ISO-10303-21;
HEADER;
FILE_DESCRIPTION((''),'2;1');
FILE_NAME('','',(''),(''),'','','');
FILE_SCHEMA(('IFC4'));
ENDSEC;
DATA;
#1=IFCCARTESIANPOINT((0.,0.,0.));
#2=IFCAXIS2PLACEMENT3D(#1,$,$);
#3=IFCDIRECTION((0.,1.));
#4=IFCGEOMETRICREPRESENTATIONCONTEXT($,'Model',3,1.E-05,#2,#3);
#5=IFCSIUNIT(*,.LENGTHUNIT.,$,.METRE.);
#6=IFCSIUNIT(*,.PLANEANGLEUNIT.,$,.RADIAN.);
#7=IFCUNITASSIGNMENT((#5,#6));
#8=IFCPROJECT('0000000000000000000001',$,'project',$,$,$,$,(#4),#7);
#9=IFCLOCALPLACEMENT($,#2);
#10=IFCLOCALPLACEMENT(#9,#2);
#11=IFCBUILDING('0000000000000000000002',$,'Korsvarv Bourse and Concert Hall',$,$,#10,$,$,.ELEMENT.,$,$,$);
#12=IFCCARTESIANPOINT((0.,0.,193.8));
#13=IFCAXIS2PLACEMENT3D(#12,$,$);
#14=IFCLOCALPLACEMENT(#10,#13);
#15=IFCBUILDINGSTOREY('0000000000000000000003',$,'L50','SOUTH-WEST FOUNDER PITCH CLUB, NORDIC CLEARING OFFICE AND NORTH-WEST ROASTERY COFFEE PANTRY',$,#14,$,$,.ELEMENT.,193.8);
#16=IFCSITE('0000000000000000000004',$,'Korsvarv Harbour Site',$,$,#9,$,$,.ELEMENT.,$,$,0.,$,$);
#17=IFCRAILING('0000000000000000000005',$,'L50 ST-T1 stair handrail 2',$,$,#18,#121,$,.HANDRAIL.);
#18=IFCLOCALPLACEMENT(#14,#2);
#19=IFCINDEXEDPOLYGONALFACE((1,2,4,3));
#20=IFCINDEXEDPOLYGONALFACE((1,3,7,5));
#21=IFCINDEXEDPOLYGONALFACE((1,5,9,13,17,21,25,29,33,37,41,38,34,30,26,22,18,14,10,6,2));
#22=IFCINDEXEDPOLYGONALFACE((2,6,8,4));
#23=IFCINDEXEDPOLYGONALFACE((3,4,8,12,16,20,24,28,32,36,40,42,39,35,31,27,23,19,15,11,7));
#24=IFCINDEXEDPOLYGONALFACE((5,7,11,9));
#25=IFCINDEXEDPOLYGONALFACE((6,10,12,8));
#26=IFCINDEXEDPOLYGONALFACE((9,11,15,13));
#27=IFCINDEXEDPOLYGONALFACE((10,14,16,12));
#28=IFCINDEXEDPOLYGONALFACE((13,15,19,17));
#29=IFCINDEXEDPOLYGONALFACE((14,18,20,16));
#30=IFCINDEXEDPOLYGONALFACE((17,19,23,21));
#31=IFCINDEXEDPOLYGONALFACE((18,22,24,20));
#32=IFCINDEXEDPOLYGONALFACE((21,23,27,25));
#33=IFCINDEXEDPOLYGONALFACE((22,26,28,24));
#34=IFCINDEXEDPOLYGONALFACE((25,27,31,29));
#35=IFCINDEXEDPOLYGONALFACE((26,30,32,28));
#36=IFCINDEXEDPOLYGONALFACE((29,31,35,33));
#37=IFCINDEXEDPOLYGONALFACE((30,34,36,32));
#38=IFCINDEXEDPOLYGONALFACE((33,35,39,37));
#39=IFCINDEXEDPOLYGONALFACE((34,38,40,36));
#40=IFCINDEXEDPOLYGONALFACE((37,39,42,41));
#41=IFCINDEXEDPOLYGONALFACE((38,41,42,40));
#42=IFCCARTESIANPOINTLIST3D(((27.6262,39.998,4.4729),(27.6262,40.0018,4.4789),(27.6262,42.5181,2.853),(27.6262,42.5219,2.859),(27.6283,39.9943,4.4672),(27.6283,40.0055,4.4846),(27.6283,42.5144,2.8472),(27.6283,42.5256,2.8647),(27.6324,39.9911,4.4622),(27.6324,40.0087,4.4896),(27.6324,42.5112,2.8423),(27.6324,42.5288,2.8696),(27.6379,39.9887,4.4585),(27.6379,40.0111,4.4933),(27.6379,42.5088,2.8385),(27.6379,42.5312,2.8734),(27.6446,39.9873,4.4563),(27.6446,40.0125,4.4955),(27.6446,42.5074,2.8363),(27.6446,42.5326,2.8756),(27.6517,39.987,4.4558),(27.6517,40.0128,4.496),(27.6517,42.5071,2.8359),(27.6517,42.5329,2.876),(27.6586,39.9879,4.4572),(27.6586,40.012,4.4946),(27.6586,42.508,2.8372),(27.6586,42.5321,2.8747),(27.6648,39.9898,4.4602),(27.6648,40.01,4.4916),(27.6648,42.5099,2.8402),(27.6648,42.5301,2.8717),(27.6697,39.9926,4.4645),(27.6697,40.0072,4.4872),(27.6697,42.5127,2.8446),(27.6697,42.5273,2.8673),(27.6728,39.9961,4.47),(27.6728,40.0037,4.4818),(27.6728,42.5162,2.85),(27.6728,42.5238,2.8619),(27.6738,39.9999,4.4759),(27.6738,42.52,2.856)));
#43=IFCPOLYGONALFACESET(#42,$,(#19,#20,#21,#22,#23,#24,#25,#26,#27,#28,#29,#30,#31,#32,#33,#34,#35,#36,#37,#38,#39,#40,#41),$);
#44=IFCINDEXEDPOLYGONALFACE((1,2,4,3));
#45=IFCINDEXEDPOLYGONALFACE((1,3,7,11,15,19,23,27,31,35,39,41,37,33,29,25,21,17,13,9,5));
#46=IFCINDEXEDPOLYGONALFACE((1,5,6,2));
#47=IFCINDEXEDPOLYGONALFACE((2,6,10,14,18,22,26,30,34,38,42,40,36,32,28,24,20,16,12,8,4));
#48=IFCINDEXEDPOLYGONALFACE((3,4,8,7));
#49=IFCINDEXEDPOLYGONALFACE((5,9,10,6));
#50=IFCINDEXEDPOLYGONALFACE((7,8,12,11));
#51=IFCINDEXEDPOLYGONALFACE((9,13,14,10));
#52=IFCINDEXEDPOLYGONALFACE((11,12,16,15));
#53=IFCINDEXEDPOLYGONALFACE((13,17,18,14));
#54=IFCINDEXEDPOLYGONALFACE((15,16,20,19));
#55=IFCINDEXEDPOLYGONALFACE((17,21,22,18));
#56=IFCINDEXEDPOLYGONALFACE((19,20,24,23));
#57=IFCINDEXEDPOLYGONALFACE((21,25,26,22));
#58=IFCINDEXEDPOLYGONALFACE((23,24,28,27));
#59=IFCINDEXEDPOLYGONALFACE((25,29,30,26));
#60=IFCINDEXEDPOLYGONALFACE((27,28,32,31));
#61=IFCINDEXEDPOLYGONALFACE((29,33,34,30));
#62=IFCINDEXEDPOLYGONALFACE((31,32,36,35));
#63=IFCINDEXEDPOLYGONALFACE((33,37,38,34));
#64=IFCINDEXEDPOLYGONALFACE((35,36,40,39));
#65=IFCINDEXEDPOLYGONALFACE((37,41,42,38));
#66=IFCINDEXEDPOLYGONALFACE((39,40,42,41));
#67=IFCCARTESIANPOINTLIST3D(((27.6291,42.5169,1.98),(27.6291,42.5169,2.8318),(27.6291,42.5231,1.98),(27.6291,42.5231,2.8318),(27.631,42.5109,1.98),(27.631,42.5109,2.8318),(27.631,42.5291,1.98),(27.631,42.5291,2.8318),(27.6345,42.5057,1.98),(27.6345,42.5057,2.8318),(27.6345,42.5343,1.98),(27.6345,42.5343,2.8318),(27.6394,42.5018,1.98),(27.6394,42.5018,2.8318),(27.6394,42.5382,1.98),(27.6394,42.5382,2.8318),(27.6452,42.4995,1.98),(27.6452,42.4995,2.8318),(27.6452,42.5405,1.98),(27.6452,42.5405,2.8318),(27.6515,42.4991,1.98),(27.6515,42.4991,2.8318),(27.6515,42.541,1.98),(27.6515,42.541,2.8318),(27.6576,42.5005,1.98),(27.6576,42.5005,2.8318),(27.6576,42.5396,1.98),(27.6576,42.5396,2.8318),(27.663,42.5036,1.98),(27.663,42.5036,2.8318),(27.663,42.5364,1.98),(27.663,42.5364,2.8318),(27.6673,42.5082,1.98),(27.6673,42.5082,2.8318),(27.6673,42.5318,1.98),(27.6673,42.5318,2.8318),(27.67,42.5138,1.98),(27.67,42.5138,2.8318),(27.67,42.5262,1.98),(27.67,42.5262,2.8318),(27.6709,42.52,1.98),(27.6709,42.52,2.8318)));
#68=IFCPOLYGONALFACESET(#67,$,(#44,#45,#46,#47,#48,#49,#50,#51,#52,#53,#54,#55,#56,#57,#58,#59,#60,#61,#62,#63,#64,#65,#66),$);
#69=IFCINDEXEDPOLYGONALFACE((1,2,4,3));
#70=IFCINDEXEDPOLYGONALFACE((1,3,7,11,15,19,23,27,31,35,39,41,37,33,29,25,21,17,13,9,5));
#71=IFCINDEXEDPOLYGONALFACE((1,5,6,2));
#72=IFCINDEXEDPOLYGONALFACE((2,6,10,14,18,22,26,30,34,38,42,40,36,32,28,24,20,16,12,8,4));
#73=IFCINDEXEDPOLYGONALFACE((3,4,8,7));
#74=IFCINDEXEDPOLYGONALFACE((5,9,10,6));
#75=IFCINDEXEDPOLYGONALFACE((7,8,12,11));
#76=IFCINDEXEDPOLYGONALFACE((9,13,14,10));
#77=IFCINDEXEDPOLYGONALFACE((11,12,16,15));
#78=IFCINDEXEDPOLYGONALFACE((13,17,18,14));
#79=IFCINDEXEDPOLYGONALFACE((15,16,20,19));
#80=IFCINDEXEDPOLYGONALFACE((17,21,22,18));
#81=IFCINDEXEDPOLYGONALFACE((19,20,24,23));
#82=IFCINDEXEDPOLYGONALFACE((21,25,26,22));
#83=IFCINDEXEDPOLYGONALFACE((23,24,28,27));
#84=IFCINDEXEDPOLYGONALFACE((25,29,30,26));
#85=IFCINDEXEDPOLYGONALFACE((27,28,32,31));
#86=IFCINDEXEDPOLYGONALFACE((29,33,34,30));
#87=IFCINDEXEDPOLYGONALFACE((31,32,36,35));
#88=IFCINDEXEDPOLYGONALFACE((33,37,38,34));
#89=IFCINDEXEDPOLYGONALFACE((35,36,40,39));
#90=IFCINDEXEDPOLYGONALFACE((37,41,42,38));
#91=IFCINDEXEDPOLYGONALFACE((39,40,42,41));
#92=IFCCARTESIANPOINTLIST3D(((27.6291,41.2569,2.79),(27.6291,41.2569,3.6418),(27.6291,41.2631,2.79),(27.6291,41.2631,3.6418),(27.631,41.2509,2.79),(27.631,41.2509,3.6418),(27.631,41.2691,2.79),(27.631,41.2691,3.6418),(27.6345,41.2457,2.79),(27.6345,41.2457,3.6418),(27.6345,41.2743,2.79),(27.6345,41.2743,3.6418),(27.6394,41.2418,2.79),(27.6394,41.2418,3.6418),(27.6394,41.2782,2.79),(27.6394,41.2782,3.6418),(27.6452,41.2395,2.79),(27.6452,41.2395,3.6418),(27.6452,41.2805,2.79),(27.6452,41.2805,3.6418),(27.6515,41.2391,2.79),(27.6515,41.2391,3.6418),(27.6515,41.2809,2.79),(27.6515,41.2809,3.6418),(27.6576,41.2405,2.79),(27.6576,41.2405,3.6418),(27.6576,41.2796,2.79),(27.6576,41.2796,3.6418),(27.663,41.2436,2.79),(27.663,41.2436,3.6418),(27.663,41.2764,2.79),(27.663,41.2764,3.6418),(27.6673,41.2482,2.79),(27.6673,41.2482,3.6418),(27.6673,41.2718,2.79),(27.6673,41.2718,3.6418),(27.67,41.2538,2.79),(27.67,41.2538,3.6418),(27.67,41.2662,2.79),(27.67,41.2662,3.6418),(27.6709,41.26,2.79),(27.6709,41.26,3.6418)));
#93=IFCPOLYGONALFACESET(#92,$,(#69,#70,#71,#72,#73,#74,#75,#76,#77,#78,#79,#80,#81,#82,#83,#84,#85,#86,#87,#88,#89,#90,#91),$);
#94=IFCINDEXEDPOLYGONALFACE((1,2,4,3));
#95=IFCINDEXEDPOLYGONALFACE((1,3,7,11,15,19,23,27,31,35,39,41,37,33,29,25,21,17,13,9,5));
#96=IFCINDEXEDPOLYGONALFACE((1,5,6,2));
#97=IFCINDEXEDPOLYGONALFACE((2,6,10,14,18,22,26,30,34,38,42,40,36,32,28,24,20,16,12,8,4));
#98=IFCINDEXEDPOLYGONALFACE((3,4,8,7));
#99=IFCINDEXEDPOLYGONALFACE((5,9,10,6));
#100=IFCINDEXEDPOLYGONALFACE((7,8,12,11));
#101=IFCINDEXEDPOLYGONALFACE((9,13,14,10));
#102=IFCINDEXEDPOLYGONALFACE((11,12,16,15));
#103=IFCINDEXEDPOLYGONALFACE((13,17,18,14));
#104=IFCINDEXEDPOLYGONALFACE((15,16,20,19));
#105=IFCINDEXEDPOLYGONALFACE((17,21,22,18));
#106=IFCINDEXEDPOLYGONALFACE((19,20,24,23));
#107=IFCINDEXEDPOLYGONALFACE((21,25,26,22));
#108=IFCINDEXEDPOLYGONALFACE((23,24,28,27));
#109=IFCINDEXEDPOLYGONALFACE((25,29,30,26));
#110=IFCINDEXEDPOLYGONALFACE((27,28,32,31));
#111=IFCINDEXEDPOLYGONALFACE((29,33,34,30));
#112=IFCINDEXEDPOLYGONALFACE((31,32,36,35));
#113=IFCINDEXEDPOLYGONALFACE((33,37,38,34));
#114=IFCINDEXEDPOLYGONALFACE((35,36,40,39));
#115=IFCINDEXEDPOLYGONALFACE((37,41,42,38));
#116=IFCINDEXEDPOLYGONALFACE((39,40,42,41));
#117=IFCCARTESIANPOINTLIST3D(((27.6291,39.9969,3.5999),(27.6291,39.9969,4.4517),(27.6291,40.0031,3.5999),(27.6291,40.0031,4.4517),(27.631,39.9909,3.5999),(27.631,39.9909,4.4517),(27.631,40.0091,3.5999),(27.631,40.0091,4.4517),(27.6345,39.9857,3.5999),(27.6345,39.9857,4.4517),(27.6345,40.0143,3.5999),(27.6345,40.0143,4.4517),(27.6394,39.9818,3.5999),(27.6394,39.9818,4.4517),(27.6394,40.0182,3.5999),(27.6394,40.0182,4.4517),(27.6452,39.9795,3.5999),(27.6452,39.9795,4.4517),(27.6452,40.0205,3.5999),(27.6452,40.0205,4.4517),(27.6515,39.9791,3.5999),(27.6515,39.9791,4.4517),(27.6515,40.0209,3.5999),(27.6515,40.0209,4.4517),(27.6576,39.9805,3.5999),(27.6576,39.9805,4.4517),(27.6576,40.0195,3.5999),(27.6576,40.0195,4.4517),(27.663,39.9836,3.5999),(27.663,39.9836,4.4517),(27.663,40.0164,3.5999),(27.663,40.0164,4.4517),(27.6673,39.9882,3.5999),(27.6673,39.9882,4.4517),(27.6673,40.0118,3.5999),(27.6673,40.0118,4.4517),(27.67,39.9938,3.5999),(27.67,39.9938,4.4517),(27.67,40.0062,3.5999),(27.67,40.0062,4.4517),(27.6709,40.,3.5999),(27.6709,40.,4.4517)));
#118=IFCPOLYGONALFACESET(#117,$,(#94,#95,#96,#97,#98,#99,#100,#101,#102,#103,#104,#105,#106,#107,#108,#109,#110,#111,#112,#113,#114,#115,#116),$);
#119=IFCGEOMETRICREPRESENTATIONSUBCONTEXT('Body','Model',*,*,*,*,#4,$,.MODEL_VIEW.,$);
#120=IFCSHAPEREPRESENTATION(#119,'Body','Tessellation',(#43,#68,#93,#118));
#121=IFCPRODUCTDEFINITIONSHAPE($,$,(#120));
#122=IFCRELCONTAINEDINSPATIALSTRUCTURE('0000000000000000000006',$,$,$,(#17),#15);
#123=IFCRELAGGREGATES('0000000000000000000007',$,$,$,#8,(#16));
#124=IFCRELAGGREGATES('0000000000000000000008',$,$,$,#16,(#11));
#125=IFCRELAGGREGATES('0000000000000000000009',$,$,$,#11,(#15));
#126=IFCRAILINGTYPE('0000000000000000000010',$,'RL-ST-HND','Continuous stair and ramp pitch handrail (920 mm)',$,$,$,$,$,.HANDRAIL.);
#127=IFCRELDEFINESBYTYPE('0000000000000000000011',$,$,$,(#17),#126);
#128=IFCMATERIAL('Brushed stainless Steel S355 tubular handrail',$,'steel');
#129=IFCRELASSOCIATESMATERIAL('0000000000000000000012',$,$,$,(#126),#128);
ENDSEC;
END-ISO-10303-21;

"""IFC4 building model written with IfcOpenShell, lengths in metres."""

from ifc_helpers import new_model, si_unit, direction, frame, origin, origin_2d, place, context, subcontext, project, spatial, circle, extrude, material, type_object, element, save


model = new_model("IFC4")

# Units and contexts
model_context = context("Model", 3, precision=1e-05, world=origin(), true_north=direction((0.0, 1.0)))
body_context = subcontext(model_context, "Body", "Model", "MODEL_VIEW")
ifc_project = project(units=[si_unit("LENGTHUNIT", "METRE"), si_unit("PLANEANGLEUNIT", "RADIAN")], contexts=[model_context])

# Site, building, storey
site_placement = place(None, origin())
site = spatial("IfcSite", under=ifc_project, at=site_placement, Name="Korsvarv Harbour Site", CompositionType="ELEMENT", RefElevation=0.0)
building_placement = place(site_placement, origin())
building = spatial("IfcBuilding", under=site, at=building_placement, Name="Korsvarv Bourse and Concert Hall", CompositionType="ELEMENT")
storey_placement = place(building_placement, frame((0.0, 0.0, 193.8)))
storey = spatial("IfcBuildingStorey", under=building, at=storey_placement, Name="L50", Description="SOUTH-WEST FOUNDER PITCH CLUB, NORDIC CLEARING OFFICE AND NORTH-WEST ROASTERY COFFEE PANTRY", CompositionType="ELEMENT", Elevation=193.8)

# Railing
ifc_material_1 = material(Name="Brushed stainless Steel S355 tubular handrail", Category="steel")
railing_type_1 = type_object("IfcRailingType", Name="RL-ST-HND", Description="Continuous stair and ramp pitch handrail (920 mm)", PredefinedType="HANDRAIL", material=ifc_material_1)
railing_1_placement = place(storey_placement, frame((27.6499, 42.52, 1.98)))
element("IfcRailing", 1, at=railing_1_placement, inside=storey, type_object=railing_type_1, Name="L50 ST-T1 stair handrail 2", PredefinedType="HANDRAIL", context=body_context, shape_type="SweptSolid", body=[
    extrude(circle(Radius=0.0239, at=origin_2d()), frame((0.0, 0.0, 0.876), z_axis=(0.0, -0.8412, 0.540725), x_axis=(1.0, 0.0, 0.0)), (0.0, 0.0, 1.0), 2.9958),
    extrude(circle(Radius=0.021, at=origin_2d()), origin(), (0.0, 0.0, 1.0), 0.8518),
    extrude(circle(Radius=0.021, at=origin_2d()), frame((0.0, -1.26, 0.8101)), (0.0, 0.0, 1.0), 0.8518),
    extrude(circle(Radius=0.021, at=origin_2d()), frame((0.0, -2.52, 1.6199)), (0.0, 0.0, 1.0), 0.8518),
])

save(model, "model.ifc")
